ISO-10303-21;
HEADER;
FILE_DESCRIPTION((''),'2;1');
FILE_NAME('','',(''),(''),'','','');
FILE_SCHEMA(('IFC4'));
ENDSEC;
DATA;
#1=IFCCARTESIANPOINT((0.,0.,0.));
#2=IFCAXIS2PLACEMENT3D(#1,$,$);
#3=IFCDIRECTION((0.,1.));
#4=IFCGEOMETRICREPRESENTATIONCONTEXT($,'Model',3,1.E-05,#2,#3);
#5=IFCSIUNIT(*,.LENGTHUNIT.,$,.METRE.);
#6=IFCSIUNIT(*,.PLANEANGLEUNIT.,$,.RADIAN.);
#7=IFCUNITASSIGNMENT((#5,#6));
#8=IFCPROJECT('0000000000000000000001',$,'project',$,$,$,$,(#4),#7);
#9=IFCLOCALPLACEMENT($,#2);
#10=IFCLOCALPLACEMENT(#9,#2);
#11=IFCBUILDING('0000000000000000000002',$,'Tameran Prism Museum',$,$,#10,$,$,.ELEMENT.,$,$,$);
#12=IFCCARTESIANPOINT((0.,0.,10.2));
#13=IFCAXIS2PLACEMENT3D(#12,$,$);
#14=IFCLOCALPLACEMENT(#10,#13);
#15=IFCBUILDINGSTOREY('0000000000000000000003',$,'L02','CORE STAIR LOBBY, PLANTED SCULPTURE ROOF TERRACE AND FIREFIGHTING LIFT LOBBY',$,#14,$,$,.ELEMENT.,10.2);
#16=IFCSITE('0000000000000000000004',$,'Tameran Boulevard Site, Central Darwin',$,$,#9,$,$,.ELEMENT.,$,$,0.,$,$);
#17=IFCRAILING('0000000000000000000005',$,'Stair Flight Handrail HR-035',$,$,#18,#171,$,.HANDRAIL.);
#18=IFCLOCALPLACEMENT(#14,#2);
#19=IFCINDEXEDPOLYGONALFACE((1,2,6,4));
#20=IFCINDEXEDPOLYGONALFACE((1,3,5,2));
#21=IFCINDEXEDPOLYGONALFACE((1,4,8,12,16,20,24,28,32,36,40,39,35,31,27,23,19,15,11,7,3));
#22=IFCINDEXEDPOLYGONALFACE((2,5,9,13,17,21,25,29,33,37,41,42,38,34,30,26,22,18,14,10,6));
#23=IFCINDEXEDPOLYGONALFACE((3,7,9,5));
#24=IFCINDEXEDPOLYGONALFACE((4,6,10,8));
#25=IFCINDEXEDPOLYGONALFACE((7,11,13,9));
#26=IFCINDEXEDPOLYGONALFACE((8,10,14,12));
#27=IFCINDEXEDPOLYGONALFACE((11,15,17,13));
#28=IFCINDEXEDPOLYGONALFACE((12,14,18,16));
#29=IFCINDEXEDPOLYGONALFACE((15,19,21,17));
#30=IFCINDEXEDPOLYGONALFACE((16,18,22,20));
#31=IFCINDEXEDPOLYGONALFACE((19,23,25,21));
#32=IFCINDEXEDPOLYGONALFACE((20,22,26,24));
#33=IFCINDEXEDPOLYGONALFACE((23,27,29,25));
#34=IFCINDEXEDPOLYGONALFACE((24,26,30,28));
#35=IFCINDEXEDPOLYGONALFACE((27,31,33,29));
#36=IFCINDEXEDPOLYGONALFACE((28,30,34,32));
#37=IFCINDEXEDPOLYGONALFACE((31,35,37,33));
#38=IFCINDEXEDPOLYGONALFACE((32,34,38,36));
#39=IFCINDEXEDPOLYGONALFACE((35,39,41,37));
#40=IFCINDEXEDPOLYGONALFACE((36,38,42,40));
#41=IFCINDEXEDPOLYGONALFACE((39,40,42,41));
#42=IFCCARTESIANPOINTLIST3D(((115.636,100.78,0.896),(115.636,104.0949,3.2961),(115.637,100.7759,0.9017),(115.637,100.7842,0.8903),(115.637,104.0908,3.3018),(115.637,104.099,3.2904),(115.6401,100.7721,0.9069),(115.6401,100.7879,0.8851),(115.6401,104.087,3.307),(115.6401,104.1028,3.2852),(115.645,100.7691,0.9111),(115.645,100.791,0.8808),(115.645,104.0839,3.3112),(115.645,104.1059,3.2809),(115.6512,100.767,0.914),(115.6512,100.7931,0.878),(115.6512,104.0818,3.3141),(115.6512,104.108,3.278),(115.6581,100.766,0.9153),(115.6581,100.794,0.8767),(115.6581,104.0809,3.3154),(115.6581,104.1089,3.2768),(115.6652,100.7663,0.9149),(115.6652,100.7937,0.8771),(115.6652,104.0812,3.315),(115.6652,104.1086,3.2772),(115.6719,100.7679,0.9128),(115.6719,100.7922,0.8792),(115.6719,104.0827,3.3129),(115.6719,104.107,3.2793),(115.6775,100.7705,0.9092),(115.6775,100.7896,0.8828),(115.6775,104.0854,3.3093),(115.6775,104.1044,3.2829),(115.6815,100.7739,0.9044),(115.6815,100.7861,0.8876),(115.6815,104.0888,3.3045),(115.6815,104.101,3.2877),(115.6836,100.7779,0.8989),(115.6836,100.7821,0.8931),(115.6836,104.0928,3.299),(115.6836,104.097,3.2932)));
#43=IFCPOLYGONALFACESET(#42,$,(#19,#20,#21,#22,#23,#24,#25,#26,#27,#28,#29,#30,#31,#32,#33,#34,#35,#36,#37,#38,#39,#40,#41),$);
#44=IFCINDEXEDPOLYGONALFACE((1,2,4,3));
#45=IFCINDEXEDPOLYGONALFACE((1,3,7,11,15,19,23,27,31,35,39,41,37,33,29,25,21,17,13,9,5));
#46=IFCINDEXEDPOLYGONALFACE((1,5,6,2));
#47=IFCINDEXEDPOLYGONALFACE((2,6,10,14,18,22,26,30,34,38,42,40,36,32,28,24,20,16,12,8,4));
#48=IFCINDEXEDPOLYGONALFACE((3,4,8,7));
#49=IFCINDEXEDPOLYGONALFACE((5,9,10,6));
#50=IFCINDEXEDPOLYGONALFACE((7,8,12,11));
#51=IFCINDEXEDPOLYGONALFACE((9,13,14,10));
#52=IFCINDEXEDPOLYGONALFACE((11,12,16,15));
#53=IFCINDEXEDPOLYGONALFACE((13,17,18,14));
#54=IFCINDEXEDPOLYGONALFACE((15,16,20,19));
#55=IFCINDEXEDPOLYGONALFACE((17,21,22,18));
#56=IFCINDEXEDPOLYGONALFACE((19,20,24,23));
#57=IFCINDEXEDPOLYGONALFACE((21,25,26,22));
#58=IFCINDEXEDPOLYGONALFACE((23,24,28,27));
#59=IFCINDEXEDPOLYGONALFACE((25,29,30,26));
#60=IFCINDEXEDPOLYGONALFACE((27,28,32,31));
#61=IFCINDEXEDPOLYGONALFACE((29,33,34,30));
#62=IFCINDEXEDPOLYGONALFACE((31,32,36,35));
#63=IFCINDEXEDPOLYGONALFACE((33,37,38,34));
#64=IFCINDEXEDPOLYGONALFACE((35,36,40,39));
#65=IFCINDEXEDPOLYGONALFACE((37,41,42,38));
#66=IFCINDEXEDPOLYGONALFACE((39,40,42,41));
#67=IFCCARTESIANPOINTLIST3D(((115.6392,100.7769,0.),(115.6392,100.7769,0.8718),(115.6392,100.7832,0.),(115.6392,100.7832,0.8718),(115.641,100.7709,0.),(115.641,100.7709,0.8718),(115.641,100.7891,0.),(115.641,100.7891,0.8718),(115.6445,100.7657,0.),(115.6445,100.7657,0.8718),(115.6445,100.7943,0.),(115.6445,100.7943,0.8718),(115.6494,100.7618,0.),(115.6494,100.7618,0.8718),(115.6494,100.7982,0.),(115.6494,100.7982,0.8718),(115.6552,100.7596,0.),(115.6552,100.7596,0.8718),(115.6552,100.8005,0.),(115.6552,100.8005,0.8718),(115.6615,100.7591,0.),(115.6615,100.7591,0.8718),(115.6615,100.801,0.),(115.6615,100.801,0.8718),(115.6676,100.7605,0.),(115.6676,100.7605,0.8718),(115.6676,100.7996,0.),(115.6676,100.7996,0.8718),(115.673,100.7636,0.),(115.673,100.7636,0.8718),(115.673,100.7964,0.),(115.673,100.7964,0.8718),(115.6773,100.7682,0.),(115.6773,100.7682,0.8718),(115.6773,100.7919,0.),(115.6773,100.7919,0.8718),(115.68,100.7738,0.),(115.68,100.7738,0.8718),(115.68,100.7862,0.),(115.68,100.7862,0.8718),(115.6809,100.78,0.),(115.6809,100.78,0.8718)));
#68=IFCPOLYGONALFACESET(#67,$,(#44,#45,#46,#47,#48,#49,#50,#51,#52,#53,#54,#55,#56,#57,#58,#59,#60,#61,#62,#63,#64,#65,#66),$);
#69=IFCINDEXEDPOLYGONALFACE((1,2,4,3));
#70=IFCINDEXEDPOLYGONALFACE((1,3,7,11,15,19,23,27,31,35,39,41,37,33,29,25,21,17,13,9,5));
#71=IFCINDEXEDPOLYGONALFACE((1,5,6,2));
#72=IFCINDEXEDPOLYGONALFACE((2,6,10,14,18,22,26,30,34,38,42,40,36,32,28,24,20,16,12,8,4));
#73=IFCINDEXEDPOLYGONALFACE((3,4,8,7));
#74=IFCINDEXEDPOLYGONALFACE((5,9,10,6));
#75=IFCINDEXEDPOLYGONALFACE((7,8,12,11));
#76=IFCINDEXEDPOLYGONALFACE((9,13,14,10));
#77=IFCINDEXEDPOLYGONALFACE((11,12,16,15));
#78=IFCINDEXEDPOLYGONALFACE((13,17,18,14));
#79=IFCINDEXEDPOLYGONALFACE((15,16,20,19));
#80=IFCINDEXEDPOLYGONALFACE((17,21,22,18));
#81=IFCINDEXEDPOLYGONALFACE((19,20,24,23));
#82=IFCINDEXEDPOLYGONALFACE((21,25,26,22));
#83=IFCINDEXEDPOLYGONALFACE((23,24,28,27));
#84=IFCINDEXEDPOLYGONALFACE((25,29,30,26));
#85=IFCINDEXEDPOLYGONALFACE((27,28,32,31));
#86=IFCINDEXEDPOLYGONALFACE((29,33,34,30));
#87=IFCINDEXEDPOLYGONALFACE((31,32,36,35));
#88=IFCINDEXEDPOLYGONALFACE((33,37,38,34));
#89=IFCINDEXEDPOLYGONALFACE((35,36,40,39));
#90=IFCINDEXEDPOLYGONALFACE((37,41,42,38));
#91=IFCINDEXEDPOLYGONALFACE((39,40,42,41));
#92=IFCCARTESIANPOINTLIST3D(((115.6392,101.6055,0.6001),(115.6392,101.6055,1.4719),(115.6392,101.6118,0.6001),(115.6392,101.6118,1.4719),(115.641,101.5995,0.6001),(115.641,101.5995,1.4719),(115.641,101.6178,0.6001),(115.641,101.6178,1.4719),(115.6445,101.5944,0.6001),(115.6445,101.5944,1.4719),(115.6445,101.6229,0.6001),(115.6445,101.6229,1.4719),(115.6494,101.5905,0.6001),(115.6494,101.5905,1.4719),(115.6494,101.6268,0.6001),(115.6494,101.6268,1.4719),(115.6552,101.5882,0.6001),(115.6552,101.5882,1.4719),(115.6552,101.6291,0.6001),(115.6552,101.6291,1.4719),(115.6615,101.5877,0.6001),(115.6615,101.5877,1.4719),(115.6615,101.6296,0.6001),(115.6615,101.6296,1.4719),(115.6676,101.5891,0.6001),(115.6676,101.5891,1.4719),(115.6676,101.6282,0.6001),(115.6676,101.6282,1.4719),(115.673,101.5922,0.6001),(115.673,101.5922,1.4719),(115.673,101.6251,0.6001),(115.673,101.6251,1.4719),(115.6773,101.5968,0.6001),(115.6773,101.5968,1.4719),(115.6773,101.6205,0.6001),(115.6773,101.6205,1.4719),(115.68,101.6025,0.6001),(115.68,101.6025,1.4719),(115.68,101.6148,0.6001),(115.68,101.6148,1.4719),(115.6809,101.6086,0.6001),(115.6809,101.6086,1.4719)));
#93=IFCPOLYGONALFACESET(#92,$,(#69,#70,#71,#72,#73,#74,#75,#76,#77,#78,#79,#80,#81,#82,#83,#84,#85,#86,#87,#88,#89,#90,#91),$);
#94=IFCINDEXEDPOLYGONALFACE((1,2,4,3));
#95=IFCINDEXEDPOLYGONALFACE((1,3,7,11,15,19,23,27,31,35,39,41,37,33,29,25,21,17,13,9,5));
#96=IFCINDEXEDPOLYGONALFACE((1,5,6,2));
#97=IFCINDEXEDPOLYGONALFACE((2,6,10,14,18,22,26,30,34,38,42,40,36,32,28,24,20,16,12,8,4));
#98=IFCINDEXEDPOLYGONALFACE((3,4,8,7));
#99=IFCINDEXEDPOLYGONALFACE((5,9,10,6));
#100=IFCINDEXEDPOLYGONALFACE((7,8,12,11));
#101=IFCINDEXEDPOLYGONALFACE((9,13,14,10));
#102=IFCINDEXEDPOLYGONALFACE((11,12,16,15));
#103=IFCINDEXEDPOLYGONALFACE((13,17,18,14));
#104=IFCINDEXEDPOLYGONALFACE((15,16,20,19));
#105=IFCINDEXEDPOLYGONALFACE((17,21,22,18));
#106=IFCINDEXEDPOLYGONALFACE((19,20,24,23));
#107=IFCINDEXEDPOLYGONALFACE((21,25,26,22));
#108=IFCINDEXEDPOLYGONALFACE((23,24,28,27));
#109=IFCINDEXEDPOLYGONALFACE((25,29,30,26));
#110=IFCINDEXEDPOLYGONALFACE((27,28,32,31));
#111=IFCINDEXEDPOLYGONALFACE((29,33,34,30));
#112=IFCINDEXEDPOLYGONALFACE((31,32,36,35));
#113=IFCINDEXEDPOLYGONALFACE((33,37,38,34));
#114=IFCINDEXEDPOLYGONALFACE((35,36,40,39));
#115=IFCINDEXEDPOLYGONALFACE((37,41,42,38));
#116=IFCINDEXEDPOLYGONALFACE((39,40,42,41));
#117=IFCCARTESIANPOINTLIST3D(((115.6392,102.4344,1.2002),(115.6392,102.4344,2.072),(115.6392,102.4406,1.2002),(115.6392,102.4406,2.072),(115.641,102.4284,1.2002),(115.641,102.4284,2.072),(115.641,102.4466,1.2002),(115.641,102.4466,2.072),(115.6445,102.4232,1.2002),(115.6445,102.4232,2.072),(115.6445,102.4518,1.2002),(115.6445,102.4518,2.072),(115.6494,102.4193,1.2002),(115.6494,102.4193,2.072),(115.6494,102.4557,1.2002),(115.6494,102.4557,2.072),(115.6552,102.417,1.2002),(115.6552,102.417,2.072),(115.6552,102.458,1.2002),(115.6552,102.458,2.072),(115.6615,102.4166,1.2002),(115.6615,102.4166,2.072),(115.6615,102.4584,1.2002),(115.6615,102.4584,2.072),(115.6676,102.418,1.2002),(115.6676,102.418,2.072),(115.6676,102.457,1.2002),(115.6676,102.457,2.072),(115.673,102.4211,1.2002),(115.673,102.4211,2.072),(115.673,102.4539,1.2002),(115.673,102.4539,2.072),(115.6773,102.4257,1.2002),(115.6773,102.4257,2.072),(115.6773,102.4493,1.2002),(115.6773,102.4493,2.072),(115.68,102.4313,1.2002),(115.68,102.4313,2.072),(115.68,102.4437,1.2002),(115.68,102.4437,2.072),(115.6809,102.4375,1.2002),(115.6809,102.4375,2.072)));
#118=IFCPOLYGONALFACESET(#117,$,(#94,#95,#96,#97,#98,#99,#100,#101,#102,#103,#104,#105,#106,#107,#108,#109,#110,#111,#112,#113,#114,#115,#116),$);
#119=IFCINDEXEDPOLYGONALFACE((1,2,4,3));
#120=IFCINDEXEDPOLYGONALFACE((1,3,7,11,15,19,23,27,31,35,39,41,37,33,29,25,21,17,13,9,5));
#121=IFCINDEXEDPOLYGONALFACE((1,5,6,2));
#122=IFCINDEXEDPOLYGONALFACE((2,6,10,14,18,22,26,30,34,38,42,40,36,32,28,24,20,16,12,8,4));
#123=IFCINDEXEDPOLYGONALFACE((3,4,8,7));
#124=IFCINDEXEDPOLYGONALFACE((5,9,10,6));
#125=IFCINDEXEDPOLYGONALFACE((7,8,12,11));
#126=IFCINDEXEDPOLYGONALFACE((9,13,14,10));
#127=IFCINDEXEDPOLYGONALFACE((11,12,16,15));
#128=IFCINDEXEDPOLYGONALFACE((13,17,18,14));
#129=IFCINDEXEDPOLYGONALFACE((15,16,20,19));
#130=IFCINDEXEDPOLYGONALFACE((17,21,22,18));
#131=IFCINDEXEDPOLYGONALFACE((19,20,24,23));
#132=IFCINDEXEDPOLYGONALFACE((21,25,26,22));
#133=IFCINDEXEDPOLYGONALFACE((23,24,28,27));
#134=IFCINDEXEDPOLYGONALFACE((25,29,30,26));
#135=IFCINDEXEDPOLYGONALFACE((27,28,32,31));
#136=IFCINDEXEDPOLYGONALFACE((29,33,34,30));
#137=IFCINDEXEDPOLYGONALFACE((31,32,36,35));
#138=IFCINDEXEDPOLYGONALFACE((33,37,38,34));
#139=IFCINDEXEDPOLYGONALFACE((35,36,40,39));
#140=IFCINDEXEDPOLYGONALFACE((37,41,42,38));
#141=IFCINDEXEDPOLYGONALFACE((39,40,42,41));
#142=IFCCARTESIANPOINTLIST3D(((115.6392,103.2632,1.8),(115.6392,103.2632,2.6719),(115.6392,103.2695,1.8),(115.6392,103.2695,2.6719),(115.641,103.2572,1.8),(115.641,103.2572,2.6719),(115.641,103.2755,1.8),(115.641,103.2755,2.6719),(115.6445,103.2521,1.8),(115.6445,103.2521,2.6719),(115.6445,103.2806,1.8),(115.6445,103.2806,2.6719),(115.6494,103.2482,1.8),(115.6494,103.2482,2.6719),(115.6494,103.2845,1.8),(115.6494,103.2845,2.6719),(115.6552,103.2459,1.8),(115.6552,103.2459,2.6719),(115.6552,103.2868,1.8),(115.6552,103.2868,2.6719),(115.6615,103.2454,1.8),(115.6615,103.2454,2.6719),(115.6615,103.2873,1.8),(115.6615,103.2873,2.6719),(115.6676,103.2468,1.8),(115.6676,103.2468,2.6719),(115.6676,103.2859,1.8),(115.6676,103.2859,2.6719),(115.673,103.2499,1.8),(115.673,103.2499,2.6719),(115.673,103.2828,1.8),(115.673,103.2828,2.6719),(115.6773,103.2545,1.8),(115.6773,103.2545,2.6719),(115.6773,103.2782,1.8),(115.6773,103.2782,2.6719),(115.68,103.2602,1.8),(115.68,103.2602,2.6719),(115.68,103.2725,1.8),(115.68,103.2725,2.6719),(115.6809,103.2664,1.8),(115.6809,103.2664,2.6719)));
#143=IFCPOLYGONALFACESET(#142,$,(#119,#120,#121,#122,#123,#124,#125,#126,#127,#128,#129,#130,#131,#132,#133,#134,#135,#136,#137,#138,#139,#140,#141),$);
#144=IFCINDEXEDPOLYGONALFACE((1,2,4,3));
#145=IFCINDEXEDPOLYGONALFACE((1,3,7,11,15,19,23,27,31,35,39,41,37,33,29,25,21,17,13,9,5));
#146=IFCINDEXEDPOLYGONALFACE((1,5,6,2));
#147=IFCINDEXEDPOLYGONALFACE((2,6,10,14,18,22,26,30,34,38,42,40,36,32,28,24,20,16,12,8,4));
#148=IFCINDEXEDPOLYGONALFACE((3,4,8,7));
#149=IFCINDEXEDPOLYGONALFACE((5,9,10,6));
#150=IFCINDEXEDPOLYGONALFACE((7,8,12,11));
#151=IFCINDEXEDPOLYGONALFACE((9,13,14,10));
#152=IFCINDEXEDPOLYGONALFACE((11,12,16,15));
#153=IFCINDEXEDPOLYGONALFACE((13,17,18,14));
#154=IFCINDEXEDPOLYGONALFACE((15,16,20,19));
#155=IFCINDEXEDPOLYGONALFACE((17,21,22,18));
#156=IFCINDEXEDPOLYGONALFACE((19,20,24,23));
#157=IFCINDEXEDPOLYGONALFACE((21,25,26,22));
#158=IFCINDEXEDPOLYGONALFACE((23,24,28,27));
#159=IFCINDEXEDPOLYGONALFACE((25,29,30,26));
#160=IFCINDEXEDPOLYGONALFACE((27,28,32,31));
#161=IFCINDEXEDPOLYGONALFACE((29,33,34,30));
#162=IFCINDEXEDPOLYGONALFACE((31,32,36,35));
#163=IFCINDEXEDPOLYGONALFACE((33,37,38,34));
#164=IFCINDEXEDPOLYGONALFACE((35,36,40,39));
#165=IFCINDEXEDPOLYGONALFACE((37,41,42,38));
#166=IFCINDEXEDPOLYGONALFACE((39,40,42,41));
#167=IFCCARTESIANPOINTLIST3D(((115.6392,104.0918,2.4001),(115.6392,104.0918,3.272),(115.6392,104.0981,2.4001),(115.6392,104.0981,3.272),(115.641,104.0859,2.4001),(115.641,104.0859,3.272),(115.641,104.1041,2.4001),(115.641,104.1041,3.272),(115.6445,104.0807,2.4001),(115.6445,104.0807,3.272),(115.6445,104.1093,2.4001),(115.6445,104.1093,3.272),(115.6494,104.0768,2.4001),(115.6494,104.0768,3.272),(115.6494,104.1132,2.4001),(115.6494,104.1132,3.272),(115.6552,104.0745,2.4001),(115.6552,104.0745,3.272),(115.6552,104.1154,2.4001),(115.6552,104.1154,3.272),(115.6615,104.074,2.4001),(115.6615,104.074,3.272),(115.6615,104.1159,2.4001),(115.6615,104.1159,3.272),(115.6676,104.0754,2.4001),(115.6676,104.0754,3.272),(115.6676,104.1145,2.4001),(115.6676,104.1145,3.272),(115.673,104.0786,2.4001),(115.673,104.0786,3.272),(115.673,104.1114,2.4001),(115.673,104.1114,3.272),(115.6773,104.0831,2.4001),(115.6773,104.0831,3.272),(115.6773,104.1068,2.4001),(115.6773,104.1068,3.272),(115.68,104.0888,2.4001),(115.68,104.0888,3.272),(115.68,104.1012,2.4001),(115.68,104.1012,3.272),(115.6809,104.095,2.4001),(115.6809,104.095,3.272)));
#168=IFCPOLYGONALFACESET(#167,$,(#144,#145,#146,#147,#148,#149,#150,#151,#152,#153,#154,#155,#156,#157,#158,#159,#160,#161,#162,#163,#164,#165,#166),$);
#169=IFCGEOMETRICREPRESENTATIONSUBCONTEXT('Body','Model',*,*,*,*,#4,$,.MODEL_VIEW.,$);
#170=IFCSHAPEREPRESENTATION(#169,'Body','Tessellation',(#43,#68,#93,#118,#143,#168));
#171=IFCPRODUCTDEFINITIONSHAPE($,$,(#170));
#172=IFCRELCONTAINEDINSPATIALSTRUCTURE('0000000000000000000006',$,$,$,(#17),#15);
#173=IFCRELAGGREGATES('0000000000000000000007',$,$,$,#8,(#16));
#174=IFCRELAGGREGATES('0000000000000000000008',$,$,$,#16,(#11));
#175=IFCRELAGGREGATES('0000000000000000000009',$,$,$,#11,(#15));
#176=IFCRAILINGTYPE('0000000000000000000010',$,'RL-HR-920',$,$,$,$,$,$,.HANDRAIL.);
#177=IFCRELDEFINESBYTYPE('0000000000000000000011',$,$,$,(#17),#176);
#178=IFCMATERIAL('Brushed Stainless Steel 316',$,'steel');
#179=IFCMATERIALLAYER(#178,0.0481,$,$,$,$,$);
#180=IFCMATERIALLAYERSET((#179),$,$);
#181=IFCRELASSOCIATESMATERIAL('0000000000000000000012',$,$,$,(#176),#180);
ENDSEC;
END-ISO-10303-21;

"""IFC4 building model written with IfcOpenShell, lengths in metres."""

from ifc_helpers import new_model, si_unit, direction, frame, origin, origin_2d, place, context, subcontext, project, spatial, circle, extrude, material, layer, layer_set, type_object, element, save


model = new_model("IFC4")

# Units and contexts
model_context = context("Model", 3, precision=1e-05, world=origin(), true_north=direction((0.0, 1.0)))
body_context = subcontext(model_context, "Body", "Model", "MODEL_VIEW")
ifc_project = project(units=[si_unit("LENGTHUNIT", "METRE"), si_unit("PLANEANGLEUNIT", "RADIAN")], contexts=[model_context])

# Site, building, storey
site_placement = place(None, origin())
site = spatial("IfcSite", under=ifc_project, at=site_placement, Name="Tameran Boulevard Site, Central Darwin", CompositionType="ELEMENT", RefElevation=0.0)
building_placement = place(site_placement, origin())
building = spatial("IfcBuilding", under=site, at=building_placement, Name="Tameran Prism Museum", CompositionType="ELEMENT")
storey_placement = place(building_placement, frame((0.0, 0.0, 10.2)))
storey = spatial("IfcBuildingStorey", under=building, at=storey_placement, Name="L02", Description="CORE STAIR LOBBY, PLANTED SCULPTURE ROOF TERRACE AND FIREFIGHTING LIFT LOBBY", CompositionType="ELEMENT", Elevation=10.2)

# Railing
ifc_material_1 = material(Name="Brushed Stainless Steel 316", Category="steel")
ifc_layer_1 = layer(ifc_material_1, 0.0481)
ifc_layer_set_1 = layer_set([ifc_layer_1])
railing_type_1 = type_object("IfcRailingType", Name="RL-HR-920", PredefinedType="HANDRAIL", material=ifc_layer_set_1)
railing_1_placement = place(storey_placement, frame((115.6599, 100.78, 0.0)))
element("IfcRailing", 1, at=railing_1_placement, inside=storey, type_object=railing_type_1, Name="Stair Flight Handrail HR-035", PredefinedType="HANDRAIL", context=body_context, shape_type="SweptSolid", body=[
    extrude(circle(Radius=0.0239, at=origin_2d()), frame((0.0, 0.0, 0.896), z_axis=(0.0, 0.80998, 0.586457), x_axis=(-1.0, 0.0, 0.0)), (0.0, 0.0, 1.0), 4.0925),
    extrude(circle(Radius=0.021, at=origin_2d()), origin(), (0.0, 0.0, 1.0), 0.8718),
    extrude(circle(Radius=0.021, at=origin_2d()), frame((0.0, 0.8286, 0.6001)), (0.0, 0.0, 1.0), 0.8718),
    extrude(circle(Radius=0.021, at=origin_2d()), frame((0.0, 1.6575, 1.2002)), (0.0, 0.0, 1.0), 0.8718),
    extrude(circle(Radius=0.021, at=origin_2d()), frame((0.0, 2.4863, 1.8)), (0.0, 0.0, 1.0), 0.8718),
    extrude(circle(Radius=0.021, at=origin_2d()), frame((0.0, 3.3149, 2.4001)), (0.0, 0.0, 1.0), 0.8718),
])

save(model, "model.ifc")
